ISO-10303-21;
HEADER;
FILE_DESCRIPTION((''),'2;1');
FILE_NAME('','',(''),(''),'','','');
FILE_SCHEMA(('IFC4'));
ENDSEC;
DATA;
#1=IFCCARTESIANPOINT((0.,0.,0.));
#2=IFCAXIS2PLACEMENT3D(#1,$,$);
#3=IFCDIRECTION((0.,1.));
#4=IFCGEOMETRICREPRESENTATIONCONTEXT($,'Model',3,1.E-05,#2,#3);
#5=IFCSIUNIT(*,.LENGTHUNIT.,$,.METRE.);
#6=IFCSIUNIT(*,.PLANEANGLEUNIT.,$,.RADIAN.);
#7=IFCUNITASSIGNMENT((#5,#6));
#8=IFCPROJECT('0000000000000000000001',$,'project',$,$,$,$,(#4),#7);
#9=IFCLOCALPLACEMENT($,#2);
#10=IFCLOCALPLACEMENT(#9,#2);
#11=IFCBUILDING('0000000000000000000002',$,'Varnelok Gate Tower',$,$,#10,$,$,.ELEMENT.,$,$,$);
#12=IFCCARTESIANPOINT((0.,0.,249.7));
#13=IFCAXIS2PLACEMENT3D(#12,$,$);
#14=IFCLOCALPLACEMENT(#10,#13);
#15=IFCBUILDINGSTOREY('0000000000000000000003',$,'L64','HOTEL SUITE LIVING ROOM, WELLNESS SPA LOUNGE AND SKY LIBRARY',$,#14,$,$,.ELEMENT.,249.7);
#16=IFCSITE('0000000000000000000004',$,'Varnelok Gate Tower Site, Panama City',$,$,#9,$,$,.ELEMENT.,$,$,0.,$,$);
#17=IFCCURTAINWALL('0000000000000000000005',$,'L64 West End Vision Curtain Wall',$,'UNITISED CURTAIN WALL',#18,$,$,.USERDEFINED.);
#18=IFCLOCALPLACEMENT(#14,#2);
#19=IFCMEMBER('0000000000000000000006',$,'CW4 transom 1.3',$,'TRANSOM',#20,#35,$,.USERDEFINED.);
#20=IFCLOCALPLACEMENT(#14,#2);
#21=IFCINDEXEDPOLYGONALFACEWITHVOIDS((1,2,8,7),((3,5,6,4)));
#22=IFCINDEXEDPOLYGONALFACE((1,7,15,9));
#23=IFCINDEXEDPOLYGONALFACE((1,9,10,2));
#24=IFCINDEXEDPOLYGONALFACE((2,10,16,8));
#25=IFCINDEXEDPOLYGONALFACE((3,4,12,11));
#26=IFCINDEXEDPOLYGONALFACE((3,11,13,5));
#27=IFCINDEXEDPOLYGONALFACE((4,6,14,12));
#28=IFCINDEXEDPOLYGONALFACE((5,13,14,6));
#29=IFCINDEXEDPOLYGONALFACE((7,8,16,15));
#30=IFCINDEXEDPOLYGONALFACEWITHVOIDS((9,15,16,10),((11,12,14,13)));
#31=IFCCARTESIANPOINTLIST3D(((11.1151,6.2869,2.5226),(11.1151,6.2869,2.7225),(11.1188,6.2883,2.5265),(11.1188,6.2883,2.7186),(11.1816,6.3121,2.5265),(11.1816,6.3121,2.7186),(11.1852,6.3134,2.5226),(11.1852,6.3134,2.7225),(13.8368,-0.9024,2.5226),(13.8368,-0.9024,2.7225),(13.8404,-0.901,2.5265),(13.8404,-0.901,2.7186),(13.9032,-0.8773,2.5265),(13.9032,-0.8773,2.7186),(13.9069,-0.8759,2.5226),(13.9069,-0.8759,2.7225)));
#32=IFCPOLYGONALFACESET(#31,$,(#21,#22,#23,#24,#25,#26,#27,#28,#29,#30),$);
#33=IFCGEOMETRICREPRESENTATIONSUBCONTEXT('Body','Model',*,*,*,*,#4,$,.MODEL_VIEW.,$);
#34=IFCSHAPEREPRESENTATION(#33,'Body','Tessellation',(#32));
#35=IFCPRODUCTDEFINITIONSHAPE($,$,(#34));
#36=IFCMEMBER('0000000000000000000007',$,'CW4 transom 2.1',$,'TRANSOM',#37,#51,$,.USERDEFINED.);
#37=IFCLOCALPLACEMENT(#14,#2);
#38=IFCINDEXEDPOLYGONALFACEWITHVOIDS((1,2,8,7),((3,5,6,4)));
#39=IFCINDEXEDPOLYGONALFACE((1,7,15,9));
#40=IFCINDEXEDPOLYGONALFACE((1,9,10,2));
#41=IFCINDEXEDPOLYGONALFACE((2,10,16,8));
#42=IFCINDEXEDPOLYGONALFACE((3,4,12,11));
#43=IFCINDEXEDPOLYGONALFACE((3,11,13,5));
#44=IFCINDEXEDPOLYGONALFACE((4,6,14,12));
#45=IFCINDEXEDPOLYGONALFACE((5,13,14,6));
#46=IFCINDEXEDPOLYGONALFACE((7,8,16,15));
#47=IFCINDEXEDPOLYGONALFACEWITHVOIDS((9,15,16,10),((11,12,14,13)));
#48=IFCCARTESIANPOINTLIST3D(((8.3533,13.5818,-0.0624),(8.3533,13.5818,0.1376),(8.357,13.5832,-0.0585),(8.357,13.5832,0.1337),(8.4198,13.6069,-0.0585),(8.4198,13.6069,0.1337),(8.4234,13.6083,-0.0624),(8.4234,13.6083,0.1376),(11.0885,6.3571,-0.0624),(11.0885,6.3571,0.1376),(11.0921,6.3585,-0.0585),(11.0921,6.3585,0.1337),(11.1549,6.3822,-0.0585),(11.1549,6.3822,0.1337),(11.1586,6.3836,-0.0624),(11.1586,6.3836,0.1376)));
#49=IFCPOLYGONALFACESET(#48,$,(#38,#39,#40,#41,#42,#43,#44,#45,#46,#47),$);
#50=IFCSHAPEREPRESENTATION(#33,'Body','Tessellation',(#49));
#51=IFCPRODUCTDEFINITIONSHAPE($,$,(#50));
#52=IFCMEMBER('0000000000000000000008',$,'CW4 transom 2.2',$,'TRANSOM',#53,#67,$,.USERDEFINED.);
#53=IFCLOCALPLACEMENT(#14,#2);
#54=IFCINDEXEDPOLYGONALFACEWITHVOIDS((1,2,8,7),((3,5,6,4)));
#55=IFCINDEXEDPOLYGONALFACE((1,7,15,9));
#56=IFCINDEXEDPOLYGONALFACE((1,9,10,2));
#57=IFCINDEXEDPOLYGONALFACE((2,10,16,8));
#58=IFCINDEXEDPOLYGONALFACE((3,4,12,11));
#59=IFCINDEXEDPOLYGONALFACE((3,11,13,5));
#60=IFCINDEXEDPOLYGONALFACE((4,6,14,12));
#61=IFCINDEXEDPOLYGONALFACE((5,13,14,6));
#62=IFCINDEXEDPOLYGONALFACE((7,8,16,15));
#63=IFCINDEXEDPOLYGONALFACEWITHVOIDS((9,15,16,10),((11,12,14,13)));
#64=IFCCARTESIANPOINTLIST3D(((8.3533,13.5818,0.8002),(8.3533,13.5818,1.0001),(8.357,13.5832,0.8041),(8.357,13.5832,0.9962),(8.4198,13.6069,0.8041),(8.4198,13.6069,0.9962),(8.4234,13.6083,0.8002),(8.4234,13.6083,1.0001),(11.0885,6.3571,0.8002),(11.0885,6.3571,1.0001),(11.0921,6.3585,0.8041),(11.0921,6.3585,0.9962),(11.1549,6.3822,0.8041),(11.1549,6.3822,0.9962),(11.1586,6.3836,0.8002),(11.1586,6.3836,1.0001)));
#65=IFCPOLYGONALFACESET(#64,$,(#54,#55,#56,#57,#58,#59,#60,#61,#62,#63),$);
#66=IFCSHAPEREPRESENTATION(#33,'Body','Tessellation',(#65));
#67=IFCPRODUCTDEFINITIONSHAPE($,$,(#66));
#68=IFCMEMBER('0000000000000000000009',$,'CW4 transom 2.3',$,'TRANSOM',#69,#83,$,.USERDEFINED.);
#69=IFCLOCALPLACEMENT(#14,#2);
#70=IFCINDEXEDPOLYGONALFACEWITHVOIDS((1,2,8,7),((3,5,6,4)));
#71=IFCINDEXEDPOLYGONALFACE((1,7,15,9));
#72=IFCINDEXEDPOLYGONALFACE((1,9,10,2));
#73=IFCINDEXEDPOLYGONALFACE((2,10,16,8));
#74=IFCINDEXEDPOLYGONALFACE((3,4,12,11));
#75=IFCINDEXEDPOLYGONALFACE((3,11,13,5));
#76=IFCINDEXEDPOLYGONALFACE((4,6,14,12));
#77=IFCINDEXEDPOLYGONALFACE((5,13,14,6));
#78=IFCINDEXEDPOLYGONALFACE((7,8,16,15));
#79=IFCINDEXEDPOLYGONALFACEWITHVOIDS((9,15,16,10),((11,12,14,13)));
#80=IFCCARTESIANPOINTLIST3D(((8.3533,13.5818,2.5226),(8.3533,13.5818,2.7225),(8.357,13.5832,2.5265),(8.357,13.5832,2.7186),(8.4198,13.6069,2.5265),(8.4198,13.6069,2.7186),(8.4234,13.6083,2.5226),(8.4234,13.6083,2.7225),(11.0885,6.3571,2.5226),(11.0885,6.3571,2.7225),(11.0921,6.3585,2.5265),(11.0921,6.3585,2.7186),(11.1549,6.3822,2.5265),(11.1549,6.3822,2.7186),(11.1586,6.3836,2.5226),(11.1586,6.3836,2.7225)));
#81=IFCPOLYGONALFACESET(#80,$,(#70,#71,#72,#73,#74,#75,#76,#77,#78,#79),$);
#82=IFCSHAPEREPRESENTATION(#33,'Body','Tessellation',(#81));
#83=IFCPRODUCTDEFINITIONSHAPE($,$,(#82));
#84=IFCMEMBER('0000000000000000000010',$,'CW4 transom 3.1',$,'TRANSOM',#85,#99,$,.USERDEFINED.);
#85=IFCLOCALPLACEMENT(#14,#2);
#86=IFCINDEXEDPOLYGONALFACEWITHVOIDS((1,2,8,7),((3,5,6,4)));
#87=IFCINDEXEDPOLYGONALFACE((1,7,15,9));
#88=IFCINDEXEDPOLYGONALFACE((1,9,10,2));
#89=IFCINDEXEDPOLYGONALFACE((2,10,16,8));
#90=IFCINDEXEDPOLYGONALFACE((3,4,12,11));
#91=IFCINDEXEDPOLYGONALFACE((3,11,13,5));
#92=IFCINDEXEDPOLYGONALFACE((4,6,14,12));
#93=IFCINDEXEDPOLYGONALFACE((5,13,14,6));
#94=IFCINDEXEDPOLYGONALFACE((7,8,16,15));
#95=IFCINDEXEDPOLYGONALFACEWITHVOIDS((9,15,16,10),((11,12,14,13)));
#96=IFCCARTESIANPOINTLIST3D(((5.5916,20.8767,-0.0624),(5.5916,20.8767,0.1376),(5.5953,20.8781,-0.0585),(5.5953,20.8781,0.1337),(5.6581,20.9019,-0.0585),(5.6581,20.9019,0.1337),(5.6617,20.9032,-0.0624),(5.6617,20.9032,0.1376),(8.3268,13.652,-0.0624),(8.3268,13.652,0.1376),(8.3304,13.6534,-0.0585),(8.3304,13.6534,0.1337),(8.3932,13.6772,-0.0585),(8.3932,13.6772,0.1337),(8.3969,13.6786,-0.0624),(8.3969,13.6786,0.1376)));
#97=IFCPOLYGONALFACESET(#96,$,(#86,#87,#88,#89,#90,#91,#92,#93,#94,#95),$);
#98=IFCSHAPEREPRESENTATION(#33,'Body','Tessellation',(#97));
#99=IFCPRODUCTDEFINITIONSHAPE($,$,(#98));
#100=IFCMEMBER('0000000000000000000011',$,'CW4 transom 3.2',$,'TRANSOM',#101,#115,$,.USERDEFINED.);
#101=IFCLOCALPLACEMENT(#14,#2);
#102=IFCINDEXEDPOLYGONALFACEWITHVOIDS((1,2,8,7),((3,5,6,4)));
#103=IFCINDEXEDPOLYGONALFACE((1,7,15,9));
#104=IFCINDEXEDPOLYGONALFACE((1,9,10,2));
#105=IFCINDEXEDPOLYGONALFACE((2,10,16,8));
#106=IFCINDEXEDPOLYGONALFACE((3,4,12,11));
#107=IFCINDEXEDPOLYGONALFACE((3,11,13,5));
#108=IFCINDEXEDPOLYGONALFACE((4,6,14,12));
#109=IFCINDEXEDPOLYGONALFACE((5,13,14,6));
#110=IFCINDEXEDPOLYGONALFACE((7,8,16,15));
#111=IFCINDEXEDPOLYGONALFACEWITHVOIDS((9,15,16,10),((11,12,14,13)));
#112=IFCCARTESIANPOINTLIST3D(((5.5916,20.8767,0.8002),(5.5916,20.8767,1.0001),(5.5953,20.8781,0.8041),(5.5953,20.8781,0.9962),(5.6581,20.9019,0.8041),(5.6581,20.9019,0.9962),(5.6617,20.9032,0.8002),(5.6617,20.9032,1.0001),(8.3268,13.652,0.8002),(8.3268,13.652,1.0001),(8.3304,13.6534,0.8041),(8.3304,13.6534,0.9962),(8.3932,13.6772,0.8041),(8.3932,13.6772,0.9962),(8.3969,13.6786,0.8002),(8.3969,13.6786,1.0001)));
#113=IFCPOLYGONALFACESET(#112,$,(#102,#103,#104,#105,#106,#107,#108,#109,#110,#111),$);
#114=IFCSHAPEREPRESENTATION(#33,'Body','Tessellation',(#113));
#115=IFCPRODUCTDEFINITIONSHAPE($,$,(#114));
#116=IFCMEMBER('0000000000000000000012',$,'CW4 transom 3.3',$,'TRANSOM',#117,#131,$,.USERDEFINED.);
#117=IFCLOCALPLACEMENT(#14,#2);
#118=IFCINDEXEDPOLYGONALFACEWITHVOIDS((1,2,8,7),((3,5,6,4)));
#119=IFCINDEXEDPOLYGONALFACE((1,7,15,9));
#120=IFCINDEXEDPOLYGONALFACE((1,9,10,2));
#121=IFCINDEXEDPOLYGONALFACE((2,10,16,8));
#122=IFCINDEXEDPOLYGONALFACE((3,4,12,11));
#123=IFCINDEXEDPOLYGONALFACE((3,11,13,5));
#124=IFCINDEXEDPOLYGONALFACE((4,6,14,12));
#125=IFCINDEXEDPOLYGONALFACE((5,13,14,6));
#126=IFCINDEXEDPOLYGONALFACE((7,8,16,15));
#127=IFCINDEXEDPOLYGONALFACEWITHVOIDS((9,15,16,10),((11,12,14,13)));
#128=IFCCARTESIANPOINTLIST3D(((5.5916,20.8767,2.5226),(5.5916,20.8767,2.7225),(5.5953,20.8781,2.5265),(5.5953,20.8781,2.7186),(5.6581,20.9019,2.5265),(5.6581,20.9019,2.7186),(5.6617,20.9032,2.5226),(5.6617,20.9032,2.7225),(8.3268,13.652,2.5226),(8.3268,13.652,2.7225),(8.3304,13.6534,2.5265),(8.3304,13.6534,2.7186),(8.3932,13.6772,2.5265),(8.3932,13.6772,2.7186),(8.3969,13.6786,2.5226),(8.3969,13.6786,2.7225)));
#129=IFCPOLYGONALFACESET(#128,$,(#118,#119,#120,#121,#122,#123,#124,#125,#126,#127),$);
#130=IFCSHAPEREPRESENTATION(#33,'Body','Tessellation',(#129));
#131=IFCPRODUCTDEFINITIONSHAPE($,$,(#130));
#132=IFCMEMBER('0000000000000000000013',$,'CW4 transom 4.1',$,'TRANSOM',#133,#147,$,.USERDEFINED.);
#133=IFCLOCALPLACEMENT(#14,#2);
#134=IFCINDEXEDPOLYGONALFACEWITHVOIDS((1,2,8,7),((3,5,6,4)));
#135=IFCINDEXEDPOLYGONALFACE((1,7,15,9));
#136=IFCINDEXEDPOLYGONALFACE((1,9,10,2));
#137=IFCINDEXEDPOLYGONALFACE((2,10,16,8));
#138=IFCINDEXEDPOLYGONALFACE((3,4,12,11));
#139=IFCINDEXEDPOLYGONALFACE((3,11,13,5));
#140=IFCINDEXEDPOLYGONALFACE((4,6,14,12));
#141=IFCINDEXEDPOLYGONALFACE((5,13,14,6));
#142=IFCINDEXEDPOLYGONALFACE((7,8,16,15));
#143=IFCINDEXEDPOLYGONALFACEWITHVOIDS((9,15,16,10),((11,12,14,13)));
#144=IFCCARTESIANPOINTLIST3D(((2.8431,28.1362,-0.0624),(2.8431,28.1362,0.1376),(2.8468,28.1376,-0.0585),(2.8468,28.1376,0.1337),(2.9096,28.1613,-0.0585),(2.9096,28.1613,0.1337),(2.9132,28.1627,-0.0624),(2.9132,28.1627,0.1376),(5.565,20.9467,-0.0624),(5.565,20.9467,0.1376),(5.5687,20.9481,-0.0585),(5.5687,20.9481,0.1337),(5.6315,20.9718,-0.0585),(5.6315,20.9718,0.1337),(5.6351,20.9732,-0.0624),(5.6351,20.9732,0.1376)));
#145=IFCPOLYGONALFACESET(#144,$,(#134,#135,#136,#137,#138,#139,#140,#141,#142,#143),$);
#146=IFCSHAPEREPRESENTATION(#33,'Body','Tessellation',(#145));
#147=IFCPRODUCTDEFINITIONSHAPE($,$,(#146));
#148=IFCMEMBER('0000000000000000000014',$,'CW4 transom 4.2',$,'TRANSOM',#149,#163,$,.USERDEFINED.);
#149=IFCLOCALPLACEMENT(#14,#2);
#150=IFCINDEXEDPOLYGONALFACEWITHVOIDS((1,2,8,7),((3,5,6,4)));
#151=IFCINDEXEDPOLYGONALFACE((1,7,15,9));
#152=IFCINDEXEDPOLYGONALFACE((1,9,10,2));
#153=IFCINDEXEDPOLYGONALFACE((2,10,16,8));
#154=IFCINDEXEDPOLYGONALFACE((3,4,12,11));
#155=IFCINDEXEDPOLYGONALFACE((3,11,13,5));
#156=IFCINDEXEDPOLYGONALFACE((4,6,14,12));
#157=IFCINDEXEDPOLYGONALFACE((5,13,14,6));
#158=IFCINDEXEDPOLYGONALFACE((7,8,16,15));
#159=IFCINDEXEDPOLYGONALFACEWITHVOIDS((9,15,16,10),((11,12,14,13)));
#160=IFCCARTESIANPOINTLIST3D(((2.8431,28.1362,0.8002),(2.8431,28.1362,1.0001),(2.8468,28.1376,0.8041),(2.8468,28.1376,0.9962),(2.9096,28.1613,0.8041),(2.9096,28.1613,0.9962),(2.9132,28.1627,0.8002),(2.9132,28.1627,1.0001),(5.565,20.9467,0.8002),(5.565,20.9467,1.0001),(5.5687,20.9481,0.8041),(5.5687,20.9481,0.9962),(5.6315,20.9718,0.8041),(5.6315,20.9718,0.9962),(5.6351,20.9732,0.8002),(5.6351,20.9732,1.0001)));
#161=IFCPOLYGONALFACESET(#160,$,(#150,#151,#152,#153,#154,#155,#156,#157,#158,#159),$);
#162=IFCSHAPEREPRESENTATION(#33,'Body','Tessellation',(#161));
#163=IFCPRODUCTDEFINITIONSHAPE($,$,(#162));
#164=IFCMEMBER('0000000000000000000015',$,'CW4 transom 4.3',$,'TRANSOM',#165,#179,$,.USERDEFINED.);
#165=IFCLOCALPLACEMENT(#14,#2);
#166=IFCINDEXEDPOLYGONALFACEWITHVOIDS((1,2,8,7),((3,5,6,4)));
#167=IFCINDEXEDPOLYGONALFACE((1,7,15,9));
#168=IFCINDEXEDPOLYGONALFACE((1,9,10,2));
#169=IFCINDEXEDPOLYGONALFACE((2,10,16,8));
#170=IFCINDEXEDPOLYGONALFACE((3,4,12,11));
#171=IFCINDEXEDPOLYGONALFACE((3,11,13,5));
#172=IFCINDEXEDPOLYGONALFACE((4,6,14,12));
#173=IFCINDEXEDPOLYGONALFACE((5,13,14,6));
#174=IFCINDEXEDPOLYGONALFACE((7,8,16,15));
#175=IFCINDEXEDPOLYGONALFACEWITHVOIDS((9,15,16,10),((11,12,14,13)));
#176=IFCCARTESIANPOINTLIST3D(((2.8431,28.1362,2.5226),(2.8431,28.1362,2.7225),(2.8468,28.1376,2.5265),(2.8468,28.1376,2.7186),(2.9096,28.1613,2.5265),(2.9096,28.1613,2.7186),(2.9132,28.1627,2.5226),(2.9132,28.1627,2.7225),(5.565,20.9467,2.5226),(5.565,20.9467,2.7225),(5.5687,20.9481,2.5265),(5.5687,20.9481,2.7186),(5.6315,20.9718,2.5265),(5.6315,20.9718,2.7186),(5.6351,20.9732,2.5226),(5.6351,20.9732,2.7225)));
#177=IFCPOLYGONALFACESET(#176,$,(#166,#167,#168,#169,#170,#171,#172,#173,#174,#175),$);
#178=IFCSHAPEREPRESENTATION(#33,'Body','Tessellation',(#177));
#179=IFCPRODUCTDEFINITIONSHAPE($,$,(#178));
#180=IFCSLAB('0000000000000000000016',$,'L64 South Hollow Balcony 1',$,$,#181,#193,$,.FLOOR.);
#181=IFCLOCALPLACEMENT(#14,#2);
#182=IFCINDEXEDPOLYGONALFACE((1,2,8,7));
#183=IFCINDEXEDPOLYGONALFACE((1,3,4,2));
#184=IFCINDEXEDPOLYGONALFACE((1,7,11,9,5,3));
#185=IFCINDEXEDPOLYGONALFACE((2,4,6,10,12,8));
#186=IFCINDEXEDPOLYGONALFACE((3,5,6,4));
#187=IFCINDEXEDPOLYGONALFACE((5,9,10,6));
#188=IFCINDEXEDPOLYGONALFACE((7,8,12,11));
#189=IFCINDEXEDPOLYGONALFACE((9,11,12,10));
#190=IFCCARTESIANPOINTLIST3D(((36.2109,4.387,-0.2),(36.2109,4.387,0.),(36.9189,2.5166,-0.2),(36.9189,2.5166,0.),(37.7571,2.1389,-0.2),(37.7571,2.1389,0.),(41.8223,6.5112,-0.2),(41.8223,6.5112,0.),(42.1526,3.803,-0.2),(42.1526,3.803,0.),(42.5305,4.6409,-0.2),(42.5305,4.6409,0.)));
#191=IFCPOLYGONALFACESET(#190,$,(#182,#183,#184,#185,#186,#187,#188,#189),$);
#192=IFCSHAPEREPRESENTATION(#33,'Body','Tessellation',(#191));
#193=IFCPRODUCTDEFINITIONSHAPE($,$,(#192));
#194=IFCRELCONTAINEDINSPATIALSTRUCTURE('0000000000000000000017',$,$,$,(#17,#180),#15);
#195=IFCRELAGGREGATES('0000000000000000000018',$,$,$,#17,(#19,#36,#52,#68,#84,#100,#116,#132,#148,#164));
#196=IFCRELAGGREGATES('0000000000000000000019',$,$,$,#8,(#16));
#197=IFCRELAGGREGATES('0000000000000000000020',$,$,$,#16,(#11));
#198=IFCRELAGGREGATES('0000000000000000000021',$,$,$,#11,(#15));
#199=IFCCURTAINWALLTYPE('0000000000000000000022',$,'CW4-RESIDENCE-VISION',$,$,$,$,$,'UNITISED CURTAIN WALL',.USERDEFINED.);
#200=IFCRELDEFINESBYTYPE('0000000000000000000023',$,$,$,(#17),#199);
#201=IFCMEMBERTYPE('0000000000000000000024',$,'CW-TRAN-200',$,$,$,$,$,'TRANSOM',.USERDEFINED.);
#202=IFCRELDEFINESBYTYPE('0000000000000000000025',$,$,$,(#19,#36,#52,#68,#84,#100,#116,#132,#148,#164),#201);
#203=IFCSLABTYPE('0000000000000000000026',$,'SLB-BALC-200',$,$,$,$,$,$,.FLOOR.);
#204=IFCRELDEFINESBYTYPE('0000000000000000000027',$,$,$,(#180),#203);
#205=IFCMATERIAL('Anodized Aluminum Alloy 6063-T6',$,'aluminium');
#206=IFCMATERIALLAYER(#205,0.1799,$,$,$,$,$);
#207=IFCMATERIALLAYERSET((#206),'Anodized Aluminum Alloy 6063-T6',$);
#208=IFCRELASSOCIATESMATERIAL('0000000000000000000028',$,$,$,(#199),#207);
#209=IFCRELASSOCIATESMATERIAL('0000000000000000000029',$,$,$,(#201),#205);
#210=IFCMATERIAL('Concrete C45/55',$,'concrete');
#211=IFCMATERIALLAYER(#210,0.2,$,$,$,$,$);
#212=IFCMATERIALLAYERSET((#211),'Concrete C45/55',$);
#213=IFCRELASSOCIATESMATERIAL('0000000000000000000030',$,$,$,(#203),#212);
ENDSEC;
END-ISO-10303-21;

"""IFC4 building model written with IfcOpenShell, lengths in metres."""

from ifc_helpers import new_model, si_unit, direction, frame, origin, origin_2d, place, context, subcontext, project, spatial, polyline, hollow_rectangle, outline, extrude, material, layer, layer_set, material_profile, profile_set, type_object, element, aggregate, save


model = new_model("IFC4")

# Units and contexts
model_context = context("Model", 3, precision=1e-05, world=origin(), true_north=direction((0.0, 1.0)))
body_context = subcontext(model_context, "Body", "Model", "MODEL_VIEW")
ifc_project = project(units=[si_unit("LENGTHUNIT", "METRE"), si_unit("PLANEANGLEUNIT", "RADIAN")], contexts=[model_context])

# Site, building, storey
site_placement = place(None, origin())
site = spatial("IfcSite", under=ifc_project, at=site_placement, Name="Varnelok Gate Tower Site, Panama City", CompositionType="ELEMENT", RefElevation=0.0)
building_placement = place(site_placement, origin())
building = spatial("IfcBuilding", under=site, at=building_placement, Name="Varnelok Gate Tower", CompositionType="ELEMENT")
storey_placement = place(building_placement, frame((0.0, 0.0, 249.7)))
storey = spatial("IfcBuildingStorey", under=building, at=storey_placement, Name="L64", Description="HOTEL SUITE LIVING ROOM, WELLNESS SPA LOUNGE AND SKY LIBRARY", CompositionType="ELEMENT", Elevation=249.7)

# Curtain wall, members
ifc_material_1 = material(Name="Anodized Aluminum Alloy 6063-T6", Category="aluminium")
ifc_layer_1 = layer(ifc_material_1, 0.1799)
ifc_layer_set_1 = layer_set([ifc_layer_1], Name="Anodized Aluminum Alloy 6063-T6")
curtain_wall_type = type_object("IfcCurtainWallType", Name="CW4-RESIDENCE-VISION", ElementType="UNITISED CURTAIN WALL", PredefinedType="USERDEFINED", material=ifc_layer_set_1)
curtain_wall_placement = place(storey_placement, origin())
curtain_wall = element("IfcCurtainWall", 1, at=curtain_wall_placement, inside=storey, type_object=curtain_wall_type, Name="L64 West End Vision Curtain Wall", ObjectType="UNITISED CURTAIN WALL", PredefinedType="USERDEFINED")
ifc_material_profile_1 = material_profile(ifc_material_1, hollow_rectangle(XDim=0.075, YDim=0.2, WallThickness=0.0039, at=origin_2d()), Name="ALU200X75X4")
ifc_profile_set_1 = profile_set([ifc_material_profile_1], Name="Anodized Aluminum Alloy 6063-T6")
member_type_1 = type_object("IfcMemberType", Name="CW-TRAN-200", ElementType="TRANSOM", PredefinedType="USERDEFINED", material=ifc_profile_set_1)
member_1_placement = place(storey_placement, frame((13.8718, -0.8892, 2.6226), z_axis=(-0.354045, 0.935228, 0.0), x_axis=(-0.935228, -0.354045, 0.0)))
member_1 = element("IfcMember", 2, at=member_1_placement, type_object=member_type_1, Name="CW4 transom 1.3", ObjectType="TRANSOM", PredefinedType="USERDEFINED", context=body_context, shape_type="SweptSolid", body=[
    extrude(hollow_rectangle(XDim=0.075, YDim=0.2, WallThickness=0.0039, at=origin_2d()), origin(), (0.0, 0.0, 1.0), 7.6873),
])
member_2_placement = place(storey_placement, frame((11.1235, 6.3704, 0.0376), z_axis=(-0.354059, 0.935223, 0.0), x_axis=(-0.935223, -0.354059, 0.0)))
member_2 = element("IfcMember", 3, at=member_2_placement, type_object=member_type_1, Name="CW4 transom 2.1", ObjectType="TRANSOM", PredefinedType="USERDEFINED", context=body_context, shape_type="SweptSolid", body=[
    extrude(hollow_rectangle(XDim=0.075, YDim=0.2, WallThickness=0.0039, at=origin_2d()), origin(), (0.0, 0.0, 1.0), 7.7251),
])
member_3_placement = place(storey_placement, frame((11.1235, 6.3704, 0.9001), z_axis=(-0.354059, 0.935223, 0.0), x_axis=(-0.935223, -0.354059, 0.0)))
member_3 = element("IfcMember", 4, at=member_3_placement, type_object=member_type_1, Name="CW4 transom 2.2", ObjectType="TRANSOM", PredefinedType="USERDEFINED", context=body_context, shape_type="SweptSolid", body=[
    extrude(hollow_rectangle(XDim=0.075, YDim=0.2, WallThickness=0.0039, at=origin_2d()), origin(), (0.0, 0.0, 1.0), 7.7251),
])
member_4_placement = place(storey_placement, frame((11.1235, 6.3704, 2.6226), z_axis=(-0.354059, 0.935223, 0.0), x_axis=(-0.935223, -0.354059, 0.0)))
member_4 = element("IfcMember", 5, at=member_4_placement, type_object=member_type_1, Name="CW4 transom 2.3", ObjectType="TRANSOM", PredefinedType="USERDEFINED", context=body_context, shape_type="SweptSolid", body=[
    extrude(hollow_rectangle(XDim=0.075, YDim=0.2, WallThickness=0.0039, at=origin_2d()), origin(), (0.0, 0.0, 1.0), 7.7251),
])
member_5_placement = place(storey_placement, frame((8.3618, 13.6653, 0.0376), z_axis=(-0.354059, 0.935223, 0.0), x_axis=(-0.935223, -0.354059, 0.0)))
member_5 = element("IfcMember", 6, at=member_5_placement, type_object=member_type_1, Name="CW4 transom 3.1", ObjectType="TRANSOM", PredefinedType="USERDEFINED", context=body_context, shape_type="SweptSolid", body=[
    extrude(hollow_rectangle(XDim=0.075, YDim=0.2, WallThickness=0.0039, at=origin_2d()), origin(), (0.0, 0.0, 1.0), 7.7251),
])
member_6_placement = place(storey_placement, frame((8.3618, 13.6653, 0.9001), z_axis=(-0.354059, 0.935223, 0.0), x_axis=(-0.935223, -0.354059, 0.0)))
member_6 = element("IfcMember", 7, at=member_6_placement, type_object=member_type_1, Name="CW4 transom 3.2", ObjectType="TRANSOM", PredefinedType="USERDEFINED", context=body_context, shape_type="SweptSolid", body=[
    extrude(hollow_rectangle(XDim=0.075, YDim=0.2, WallThickness=0.0039, at=origin_2d()), origin(), (0.0, 0.0, 1.0), 7.7251),
])
member_7_placement = place(storey_placement, frame((8.3618, 13.6653, 2.6226), z_axis=(-0.354059, 0.935223, 0.0), x_axis=(-0.935223, -0.354059, 0.0)))
member_7 = element("IfcMember", 8, at=member_7_placement, type_object=member_type_1, Name="CW4 transom 3.3", ObjectType="TRANSOM", PredefinedType="USERDEFINED", context=body_context, shape_type="SweptSolid", body=[
    extrude(hollow_rectangle(XDim=0.075, YDim=0.2, WallThickness=0.0039, at=origin_2d()), origin(), (0.0, 0.0, 1.0), 7.7251),
])
member_8_placement = place(storey_placement, frame((5.6001, 20.96, 0.0376), z_axis=(-0.354073, 0.935218, 0.0), x_axis=(-0.935218, -0.354073, 0.0)))
member_8 = element("IfcMember", 9, at=member_8_placement, type_object=member_type_1, Name="CW4 transom 4.1", ObjectType="TRANSOM", PredefinedType="USERDEFINED", context=body_context, shape_type="SweptSolid", body=[
    extrude(hollow_rectangle(XDim=0.075, YDim=0.2, WallThickness=0.0039, at=origin_2d()), origin(), (0.0, 0.0, 1.0), 7.6875),
])
member_9_placement = place(storey_placement, frame((5.6001, 20.96, 0.9001), z_axis=(-0.354073, 0.935218, 0.0), x_axis=(-0.935218, -0.354073, 0.0)))
member_9 = element("IfcMember", 10, at=member_9_placement, type_object=member_type_1, Name="CW4 transom 4.2", ObjectType="TRANSOM", PredefinedType="USERDEFINED", context=body_context, shape_type="SweptSolid", body=[
    extrude(hollow_rectangle(XDim=0.075, YDim=0.2, WallThickness=0.0039, at=origin_2d()), origin(), (0.0, 0.0, 1.0), 7.6875),
])
member_10_placement = place(storey_placement, frame((5.6001, 20.96, 2.6226), z_axis=(-0.354073, 0.935218, 0.0), x_axis=(-0.935218, -0.354073, 0.0)))
member_10 = element("IfcMember", 11, at=member_10_placement, type_object=member_type_1, Name="CW4 transom 4.3", ObjectType="TRANSOM", PredefinedType="USERDEFINED", context=body_context, shape_type="SweptSolid", body=[
    extrude(hollow_rectangle(XDim=0.075, YDim=0.2, WallThickness=0.0039, at=origin_2d()), origin(), (0.0, 0.0, 1.0), 7.6875),
])

# Slab
ifc_material_2 = material(Name="Concrete C45/55", Category="concrete")
ifc_layer_2 = layer(ifc_material_2, 0.2)
ifc_layer_set_2 = layer_set([ifc_layer_2], Name="Concrete C45/55")
slab_type_1 = type_object("IfcSlabType", Name="SLB-BALC-200", PredefinedType="FLOOR", material=ifc_layer_set_2)
slab_1_placement = place(storey_placement, frame((0.0, 0.0, -0.2)))
element("IfcSlab", 12, at=slab_1_placement, inside=storey, type_object=slab_type_1, Name="L64 South Hollow Balcony 1", PredefinedType="FLOOR", context=body_context, shape_type="SweptSolid", body=[
    extrude(outline(polyline([(36.9189, 2.5166), (37.7571, 2.1389), (42.1526, 3.803), (42.5305, 4.6409), (41.8223, 6.5112), (36.2109, 4.387), (36.9189, 2.5166)])), origin(), (0.0, 0.0, 1.0), 0.2),
])

aggregate(curtain_wall, [member_1, member_2, member_3, member_4, member_5, member_6, member_7, member_8, member_9, member_10])

save(model, "model.ifc")
